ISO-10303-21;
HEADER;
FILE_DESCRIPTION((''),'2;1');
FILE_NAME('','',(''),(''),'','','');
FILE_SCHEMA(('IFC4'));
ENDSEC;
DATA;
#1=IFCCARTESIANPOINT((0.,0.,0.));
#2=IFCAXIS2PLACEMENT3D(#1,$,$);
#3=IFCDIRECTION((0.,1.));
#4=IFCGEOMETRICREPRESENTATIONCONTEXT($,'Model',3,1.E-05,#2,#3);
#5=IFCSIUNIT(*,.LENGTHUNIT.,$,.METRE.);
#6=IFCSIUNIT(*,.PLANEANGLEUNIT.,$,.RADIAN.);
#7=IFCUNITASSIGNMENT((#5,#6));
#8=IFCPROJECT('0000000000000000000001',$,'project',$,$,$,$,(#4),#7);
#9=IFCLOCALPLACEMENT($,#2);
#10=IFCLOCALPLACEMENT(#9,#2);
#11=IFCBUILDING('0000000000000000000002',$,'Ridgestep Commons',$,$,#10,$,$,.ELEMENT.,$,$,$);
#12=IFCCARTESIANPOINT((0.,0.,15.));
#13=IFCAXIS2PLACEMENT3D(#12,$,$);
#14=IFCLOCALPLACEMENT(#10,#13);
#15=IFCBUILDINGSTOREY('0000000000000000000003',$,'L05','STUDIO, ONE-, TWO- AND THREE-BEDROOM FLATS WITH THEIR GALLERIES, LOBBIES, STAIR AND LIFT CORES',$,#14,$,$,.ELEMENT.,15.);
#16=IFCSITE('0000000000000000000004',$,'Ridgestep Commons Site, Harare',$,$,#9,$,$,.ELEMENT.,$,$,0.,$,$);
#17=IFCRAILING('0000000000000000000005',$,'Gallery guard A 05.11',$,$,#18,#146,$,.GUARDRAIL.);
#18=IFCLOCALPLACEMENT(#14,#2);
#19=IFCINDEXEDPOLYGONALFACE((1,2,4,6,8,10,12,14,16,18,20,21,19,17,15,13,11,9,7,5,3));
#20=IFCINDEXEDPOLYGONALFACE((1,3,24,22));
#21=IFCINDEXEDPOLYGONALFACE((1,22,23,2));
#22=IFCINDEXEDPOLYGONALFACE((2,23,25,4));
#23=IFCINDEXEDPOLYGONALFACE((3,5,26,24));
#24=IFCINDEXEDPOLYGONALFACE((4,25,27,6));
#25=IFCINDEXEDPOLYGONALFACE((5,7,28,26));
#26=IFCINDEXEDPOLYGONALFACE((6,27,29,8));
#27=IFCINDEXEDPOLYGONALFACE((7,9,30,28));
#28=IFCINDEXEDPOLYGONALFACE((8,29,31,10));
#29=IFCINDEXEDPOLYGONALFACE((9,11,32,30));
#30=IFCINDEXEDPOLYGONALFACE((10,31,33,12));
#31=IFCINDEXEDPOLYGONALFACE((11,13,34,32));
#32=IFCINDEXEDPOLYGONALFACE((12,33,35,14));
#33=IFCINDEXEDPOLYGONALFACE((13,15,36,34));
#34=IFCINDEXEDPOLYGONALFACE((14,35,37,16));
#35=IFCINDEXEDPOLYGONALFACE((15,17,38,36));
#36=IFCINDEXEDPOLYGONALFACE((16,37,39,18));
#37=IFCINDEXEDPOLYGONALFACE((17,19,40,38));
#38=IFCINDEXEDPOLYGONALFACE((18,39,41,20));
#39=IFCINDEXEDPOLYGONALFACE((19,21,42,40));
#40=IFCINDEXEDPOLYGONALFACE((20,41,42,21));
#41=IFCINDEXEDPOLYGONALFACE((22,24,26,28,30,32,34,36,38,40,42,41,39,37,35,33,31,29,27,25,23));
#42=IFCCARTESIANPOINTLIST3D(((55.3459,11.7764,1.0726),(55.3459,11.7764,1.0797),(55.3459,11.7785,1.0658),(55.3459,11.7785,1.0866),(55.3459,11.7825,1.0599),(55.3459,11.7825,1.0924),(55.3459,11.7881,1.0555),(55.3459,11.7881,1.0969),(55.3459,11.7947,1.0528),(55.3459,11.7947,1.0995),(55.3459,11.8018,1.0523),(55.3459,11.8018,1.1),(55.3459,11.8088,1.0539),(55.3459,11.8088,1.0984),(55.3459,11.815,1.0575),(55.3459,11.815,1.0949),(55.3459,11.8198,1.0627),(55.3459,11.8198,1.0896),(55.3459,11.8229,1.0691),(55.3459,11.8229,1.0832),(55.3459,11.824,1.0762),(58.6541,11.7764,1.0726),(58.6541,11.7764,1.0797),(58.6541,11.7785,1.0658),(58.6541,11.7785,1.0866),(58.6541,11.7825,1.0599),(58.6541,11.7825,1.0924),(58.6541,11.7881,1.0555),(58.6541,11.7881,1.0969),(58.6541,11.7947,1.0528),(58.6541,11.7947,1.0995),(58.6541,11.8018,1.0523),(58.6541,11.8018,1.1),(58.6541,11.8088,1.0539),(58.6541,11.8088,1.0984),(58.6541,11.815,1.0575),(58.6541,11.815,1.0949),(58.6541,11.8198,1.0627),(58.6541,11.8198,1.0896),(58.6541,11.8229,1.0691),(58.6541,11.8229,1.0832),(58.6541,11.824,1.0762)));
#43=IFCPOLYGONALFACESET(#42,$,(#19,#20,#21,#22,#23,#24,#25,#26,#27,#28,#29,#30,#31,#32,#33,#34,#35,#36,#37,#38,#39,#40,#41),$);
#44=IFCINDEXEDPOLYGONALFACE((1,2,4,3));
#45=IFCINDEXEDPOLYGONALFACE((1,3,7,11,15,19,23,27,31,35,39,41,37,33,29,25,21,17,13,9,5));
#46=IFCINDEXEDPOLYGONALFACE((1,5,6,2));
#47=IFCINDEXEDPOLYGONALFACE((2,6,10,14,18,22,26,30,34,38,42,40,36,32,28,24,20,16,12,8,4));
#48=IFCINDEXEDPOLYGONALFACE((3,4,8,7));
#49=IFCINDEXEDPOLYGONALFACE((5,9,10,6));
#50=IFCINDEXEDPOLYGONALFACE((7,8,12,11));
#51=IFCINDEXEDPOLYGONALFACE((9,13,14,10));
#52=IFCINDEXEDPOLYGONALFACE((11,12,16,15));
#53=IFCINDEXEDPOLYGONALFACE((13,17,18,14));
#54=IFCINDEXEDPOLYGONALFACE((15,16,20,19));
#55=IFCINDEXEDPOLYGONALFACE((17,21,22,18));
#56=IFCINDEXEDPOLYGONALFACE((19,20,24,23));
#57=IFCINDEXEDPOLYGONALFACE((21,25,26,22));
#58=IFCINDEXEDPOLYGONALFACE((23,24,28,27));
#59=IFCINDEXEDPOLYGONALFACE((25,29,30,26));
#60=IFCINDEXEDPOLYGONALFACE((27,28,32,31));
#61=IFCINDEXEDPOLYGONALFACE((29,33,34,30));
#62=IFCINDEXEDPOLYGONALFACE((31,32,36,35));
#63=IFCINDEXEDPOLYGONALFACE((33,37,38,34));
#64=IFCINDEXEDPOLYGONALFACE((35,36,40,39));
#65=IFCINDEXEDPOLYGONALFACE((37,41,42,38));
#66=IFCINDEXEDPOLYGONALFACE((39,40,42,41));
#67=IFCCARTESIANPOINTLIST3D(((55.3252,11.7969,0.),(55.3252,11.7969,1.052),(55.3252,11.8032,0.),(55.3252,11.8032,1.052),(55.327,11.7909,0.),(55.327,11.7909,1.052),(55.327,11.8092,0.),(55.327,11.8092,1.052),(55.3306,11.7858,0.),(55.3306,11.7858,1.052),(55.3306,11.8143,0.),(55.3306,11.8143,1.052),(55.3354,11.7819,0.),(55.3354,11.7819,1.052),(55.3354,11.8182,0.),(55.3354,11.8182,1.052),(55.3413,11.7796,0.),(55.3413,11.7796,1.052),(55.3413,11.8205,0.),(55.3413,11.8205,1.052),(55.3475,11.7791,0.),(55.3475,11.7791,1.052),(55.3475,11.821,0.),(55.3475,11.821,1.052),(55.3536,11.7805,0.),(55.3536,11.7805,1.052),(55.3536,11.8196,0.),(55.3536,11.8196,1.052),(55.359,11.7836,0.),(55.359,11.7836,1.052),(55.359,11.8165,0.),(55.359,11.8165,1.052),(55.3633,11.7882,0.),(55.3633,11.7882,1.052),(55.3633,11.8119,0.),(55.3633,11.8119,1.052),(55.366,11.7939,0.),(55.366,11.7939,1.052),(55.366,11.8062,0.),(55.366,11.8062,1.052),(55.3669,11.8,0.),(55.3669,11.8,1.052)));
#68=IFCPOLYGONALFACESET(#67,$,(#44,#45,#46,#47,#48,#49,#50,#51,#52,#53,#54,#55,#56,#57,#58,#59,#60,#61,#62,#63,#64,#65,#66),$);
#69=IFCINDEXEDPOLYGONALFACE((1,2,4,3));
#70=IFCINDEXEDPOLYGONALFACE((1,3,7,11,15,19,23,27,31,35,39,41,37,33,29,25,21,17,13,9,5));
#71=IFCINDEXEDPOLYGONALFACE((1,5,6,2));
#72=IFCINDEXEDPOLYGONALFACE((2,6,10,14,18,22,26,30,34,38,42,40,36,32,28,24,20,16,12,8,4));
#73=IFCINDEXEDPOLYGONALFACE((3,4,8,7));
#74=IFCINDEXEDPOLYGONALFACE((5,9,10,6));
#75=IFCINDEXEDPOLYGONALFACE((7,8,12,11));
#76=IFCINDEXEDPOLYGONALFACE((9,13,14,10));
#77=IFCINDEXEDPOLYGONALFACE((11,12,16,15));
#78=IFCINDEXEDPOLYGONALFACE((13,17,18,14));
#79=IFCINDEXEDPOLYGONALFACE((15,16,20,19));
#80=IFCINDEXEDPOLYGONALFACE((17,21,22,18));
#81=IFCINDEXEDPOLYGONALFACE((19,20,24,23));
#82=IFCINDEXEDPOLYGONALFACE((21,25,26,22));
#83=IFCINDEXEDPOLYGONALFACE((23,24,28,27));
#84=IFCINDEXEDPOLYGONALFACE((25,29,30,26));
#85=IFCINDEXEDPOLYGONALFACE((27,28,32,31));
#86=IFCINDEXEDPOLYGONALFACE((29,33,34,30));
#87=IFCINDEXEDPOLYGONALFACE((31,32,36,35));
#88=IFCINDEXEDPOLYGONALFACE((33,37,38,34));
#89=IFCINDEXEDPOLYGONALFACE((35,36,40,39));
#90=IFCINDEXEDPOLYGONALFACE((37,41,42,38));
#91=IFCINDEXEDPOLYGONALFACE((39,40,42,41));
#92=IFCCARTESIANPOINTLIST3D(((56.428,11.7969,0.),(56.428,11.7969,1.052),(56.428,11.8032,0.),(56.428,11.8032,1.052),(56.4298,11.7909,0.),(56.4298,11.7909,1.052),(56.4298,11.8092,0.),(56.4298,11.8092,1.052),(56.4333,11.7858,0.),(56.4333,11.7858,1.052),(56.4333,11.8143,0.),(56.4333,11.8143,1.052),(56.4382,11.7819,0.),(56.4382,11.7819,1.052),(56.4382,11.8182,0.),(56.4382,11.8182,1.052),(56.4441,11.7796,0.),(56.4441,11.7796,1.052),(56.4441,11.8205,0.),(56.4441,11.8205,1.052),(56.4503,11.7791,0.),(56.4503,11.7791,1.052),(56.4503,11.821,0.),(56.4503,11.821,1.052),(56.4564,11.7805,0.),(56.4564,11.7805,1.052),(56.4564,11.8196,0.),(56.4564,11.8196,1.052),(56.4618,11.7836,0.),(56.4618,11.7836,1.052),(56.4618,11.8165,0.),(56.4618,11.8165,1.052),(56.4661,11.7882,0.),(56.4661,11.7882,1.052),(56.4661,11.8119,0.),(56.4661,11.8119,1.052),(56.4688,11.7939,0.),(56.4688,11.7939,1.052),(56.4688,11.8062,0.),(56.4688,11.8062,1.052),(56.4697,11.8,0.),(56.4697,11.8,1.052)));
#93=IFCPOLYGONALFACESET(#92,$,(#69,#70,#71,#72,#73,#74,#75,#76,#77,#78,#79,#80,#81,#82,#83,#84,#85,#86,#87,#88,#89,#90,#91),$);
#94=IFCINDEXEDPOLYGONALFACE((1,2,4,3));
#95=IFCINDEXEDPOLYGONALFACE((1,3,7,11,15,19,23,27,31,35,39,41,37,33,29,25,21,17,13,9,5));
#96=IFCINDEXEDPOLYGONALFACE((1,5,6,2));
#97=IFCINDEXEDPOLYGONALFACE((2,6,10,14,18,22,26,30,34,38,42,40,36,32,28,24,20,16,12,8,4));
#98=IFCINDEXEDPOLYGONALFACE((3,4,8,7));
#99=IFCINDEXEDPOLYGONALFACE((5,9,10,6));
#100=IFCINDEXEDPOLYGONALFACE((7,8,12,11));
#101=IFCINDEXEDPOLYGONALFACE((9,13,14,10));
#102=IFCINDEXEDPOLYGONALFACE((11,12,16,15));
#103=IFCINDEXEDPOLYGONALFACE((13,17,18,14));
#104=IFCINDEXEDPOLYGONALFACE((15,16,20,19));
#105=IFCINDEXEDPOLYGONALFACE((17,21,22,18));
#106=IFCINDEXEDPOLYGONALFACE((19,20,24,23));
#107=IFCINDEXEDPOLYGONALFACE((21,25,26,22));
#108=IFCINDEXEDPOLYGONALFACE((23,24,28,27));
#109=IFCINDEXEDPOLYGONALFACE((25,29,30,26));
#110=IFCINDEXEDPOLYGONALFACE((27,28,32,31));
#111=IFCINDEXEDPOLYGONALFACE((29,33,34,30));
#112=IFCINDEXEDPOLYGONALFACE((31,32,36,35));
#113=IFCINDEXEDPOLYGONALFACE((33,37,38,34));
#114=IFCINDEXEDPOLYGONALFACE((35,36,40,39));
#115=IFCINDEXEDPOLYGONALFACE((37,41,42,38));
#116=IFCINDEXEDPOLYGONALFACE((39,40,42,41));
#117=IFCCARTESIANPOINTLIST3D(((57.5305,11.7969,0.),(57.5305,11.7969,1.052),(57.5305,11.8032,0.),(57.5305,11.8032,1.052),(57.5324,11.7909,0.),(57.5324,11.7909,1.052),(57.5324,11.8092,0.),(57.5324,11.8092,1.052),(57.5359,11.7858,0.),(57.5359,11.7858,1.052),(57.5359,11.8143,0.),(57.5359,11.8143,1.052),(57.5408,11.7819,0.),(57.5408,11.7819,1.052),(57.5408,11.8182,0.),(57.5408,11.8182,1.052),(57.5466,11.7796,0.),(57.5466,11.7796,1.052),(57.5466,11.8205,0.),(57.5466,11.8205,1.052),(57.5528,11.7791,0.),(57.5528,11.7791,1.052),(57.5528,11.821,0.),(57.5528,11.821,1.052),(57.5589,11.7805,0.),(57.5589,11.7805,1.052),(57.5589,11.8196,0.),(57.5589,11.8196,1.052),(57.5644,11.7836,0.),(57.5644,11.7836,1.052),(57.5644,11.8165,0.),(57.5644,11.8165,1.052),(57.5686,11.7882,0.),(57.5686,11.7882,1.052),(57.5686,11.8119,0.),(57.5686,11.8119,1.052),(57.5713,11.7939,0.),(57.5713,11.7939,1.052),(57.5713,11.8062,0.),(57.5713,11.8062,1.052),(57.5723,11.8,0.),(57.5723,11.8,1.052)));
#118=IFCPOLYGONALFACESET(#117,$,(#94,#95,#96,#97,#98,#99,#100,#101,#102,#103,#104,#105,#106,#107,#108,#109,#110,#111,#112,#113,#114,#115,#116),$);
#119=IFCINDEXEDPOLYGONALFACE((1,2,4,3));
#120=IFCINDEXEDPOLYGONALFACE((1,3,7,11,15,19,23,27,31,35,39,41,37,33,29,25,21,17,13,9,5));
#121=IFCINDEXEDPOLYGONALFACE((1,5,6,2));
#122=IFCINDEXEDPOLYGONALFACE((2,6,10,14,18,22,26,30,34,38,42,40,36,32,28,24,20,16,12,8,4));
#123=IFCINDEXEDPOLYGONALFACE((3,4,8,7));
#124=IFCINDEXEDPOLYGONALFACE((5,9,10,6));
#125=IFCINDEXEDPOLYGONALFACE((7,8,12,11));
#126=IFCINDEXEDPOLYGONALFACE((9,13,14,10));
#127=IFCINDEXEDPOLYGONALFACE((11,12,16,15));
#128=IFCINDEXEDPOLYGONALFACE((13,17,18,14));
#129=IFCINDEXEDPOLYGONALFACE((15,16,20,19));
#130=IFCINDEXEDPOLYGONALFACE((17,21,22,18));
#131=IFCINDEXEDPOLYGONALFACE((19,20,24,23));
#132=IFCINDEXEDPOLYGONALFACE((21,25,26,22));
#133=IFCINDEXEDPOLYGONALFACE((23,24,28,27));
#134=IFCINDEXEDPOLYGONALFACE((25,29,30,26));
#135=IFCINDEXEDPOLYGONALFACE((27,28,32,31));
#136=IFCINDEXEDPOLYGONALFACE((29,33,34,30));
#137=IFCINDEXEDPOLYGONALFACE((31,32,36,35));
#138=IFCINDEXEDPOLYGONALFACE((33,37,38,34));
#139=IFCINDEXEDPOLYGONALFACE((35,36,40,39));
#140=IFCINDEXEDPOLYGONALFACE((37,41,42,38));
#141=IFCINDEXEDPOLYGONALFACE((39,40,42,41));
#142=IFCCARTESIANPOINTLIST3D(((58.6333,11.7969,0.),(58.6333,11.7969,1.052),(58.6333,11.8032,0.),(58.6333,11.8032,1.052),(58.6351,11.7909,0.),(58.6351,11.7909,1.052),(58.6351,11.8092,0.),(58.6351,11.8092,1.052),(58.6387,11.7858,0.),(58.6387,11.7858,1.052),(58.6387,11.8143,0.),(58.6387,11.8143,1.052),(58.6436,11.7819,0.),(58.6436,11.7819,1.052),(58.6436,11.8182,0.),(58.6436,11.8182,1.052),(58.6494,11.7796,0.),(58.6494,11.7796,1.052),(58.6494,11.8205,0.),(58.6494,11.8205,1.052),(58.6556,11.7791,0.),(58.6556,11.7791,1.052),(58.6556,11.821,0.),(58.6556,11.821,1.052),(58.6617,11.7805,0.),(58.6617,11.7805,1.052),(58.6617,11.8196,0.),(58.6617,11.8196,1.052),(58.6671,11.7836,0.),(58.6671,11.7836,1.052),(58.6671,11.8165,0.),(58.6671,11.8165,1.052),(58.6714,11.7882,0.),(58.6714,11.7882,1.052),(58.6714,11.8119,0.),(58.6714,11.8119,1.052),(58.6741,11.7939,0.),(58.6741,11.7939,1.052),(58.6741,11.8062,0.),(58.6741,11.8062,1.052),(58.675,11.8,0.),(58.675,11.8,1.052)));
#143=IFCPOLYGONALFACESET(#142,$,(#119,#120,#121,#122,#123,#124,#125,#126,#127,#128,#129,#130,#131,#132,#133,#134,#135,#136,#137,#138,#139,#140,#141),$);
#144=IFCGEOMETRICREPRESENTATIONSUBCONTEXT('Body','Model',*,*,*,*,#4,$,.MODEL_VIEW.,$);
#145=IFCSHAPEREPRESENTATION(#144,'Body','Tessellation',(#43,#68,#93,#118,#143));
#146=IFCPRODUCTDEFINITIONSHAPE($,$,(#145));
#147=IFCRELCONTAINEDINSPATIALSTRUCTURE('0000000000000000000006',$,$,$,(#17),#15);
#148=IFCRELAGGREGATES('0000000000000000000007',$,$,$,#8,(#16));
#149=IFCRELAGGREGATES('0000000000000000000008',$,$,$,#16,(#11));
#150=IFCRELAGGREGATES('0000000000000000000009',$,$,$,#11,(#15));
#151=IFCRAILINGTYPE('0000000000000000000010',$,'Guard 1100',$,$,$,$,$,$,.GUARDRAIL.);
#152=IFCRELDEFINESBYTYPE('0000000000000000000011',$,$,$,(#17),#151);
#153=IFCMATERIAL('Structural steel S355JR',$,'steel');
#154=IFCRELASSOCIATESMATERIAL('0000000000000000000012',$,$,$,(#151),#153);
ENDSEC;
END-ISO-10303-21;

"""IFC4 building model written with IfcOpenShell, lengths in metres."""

from ifc_helpers import new_model, si_unit, direction, frame, origin, origin_2d, place, context, subcontext, project, spatial, circle, extrude, material, type_object, element, save


model = new_model("IFC4")

# Units and contexts
model_context = context("Model", 3, precision=1e-05, world=origin(), true_north=direction((0.0, 1.0)))
body_context = subcontext(model_context, "Body", "Model", "MODEL_VIEW")
ifc_project = project(units=[si_unit("LENGTHUNIT", "METRE"), si_unit("PLANEANGLEUNIT", "RADIAN")], contexts=[model_context])

# Site, building, storey
site_placement = place(None, origin())
site = spatial("IfcSite", under=ifc_project, at=site_placement, Name="Ridgestep Commons Site, Harare", CompositionType="ELEMENT", RefElevation=0.0)
building_placement = place(site_placement, origin())
building = spatial("IfcBuilding", under=site, at=building_placement, Name="Ridgestep Commons", CompositionType="ELEMENT")
storey_placement = place(building_placement, frame((0.0, 0.0, 15.0)))
storey = spatial("IfcBuildingStorey", under=building, at=storey_placement, Name="L05", Description="STUDIO, ONE-, TWO- AND THREE-BEDROOM FLATS WITH THEIR GALLERIES, LOBBIES, STAIR AND LIFT CORES", CompositionType="ELEMENT", Elevation=15.0)

# Railing
ifc_material_1 = material(Name="Structural steel S355JR", Category="steel")
railing_type = type_object("IfcRailingType", Name="Guard 1100", PredefinedType="GUARDRAIL", material=ifc_material_1)
railing_placement = place(storey_placement, frame((55.3459, 11.8, 0.0)))
element("IfcRailing", 1, at=railing_placement, inside=storey, type_object=railing_type, Name="Gallery guard A 05.11", PredefinedType="GUARDRAIL", context=body_context, shape_type="SweptSolid", body=[
    extrude(circle(Radius=0.0239, at=origin_2d()), frame((0.0, 0.0, 1.0762), z_axis=(1.0, 0.0, 0.0), x_axis=(0.0, 1.0, 0.0)), (0.0, 0.0, 1.0), 3.3081),
    extrude(circle(Radius=0.021, at=origin_2d()), origin(), (0.0, 0.0, 1.0), 1.052),
    extrude(circle(Radius=0.021, at=origin_2d()), frame((1.1028, 0.0, 0.0)), (0.0, 0.0, 1.0), 1.052),
    extrude(circle(Radius=0.021, at=origin_2d()), frame((2.2053, 0.0, 0.0)), (0.0, 0.0, 1.0), 1.052),
    extrude(circle(Radius=0.021, at=origin_2d()), frame((3.3081, 0.0, 0.0)), (0.0, 0.0, 1.0), 1.052),
])

save(model, "model.ifc")
